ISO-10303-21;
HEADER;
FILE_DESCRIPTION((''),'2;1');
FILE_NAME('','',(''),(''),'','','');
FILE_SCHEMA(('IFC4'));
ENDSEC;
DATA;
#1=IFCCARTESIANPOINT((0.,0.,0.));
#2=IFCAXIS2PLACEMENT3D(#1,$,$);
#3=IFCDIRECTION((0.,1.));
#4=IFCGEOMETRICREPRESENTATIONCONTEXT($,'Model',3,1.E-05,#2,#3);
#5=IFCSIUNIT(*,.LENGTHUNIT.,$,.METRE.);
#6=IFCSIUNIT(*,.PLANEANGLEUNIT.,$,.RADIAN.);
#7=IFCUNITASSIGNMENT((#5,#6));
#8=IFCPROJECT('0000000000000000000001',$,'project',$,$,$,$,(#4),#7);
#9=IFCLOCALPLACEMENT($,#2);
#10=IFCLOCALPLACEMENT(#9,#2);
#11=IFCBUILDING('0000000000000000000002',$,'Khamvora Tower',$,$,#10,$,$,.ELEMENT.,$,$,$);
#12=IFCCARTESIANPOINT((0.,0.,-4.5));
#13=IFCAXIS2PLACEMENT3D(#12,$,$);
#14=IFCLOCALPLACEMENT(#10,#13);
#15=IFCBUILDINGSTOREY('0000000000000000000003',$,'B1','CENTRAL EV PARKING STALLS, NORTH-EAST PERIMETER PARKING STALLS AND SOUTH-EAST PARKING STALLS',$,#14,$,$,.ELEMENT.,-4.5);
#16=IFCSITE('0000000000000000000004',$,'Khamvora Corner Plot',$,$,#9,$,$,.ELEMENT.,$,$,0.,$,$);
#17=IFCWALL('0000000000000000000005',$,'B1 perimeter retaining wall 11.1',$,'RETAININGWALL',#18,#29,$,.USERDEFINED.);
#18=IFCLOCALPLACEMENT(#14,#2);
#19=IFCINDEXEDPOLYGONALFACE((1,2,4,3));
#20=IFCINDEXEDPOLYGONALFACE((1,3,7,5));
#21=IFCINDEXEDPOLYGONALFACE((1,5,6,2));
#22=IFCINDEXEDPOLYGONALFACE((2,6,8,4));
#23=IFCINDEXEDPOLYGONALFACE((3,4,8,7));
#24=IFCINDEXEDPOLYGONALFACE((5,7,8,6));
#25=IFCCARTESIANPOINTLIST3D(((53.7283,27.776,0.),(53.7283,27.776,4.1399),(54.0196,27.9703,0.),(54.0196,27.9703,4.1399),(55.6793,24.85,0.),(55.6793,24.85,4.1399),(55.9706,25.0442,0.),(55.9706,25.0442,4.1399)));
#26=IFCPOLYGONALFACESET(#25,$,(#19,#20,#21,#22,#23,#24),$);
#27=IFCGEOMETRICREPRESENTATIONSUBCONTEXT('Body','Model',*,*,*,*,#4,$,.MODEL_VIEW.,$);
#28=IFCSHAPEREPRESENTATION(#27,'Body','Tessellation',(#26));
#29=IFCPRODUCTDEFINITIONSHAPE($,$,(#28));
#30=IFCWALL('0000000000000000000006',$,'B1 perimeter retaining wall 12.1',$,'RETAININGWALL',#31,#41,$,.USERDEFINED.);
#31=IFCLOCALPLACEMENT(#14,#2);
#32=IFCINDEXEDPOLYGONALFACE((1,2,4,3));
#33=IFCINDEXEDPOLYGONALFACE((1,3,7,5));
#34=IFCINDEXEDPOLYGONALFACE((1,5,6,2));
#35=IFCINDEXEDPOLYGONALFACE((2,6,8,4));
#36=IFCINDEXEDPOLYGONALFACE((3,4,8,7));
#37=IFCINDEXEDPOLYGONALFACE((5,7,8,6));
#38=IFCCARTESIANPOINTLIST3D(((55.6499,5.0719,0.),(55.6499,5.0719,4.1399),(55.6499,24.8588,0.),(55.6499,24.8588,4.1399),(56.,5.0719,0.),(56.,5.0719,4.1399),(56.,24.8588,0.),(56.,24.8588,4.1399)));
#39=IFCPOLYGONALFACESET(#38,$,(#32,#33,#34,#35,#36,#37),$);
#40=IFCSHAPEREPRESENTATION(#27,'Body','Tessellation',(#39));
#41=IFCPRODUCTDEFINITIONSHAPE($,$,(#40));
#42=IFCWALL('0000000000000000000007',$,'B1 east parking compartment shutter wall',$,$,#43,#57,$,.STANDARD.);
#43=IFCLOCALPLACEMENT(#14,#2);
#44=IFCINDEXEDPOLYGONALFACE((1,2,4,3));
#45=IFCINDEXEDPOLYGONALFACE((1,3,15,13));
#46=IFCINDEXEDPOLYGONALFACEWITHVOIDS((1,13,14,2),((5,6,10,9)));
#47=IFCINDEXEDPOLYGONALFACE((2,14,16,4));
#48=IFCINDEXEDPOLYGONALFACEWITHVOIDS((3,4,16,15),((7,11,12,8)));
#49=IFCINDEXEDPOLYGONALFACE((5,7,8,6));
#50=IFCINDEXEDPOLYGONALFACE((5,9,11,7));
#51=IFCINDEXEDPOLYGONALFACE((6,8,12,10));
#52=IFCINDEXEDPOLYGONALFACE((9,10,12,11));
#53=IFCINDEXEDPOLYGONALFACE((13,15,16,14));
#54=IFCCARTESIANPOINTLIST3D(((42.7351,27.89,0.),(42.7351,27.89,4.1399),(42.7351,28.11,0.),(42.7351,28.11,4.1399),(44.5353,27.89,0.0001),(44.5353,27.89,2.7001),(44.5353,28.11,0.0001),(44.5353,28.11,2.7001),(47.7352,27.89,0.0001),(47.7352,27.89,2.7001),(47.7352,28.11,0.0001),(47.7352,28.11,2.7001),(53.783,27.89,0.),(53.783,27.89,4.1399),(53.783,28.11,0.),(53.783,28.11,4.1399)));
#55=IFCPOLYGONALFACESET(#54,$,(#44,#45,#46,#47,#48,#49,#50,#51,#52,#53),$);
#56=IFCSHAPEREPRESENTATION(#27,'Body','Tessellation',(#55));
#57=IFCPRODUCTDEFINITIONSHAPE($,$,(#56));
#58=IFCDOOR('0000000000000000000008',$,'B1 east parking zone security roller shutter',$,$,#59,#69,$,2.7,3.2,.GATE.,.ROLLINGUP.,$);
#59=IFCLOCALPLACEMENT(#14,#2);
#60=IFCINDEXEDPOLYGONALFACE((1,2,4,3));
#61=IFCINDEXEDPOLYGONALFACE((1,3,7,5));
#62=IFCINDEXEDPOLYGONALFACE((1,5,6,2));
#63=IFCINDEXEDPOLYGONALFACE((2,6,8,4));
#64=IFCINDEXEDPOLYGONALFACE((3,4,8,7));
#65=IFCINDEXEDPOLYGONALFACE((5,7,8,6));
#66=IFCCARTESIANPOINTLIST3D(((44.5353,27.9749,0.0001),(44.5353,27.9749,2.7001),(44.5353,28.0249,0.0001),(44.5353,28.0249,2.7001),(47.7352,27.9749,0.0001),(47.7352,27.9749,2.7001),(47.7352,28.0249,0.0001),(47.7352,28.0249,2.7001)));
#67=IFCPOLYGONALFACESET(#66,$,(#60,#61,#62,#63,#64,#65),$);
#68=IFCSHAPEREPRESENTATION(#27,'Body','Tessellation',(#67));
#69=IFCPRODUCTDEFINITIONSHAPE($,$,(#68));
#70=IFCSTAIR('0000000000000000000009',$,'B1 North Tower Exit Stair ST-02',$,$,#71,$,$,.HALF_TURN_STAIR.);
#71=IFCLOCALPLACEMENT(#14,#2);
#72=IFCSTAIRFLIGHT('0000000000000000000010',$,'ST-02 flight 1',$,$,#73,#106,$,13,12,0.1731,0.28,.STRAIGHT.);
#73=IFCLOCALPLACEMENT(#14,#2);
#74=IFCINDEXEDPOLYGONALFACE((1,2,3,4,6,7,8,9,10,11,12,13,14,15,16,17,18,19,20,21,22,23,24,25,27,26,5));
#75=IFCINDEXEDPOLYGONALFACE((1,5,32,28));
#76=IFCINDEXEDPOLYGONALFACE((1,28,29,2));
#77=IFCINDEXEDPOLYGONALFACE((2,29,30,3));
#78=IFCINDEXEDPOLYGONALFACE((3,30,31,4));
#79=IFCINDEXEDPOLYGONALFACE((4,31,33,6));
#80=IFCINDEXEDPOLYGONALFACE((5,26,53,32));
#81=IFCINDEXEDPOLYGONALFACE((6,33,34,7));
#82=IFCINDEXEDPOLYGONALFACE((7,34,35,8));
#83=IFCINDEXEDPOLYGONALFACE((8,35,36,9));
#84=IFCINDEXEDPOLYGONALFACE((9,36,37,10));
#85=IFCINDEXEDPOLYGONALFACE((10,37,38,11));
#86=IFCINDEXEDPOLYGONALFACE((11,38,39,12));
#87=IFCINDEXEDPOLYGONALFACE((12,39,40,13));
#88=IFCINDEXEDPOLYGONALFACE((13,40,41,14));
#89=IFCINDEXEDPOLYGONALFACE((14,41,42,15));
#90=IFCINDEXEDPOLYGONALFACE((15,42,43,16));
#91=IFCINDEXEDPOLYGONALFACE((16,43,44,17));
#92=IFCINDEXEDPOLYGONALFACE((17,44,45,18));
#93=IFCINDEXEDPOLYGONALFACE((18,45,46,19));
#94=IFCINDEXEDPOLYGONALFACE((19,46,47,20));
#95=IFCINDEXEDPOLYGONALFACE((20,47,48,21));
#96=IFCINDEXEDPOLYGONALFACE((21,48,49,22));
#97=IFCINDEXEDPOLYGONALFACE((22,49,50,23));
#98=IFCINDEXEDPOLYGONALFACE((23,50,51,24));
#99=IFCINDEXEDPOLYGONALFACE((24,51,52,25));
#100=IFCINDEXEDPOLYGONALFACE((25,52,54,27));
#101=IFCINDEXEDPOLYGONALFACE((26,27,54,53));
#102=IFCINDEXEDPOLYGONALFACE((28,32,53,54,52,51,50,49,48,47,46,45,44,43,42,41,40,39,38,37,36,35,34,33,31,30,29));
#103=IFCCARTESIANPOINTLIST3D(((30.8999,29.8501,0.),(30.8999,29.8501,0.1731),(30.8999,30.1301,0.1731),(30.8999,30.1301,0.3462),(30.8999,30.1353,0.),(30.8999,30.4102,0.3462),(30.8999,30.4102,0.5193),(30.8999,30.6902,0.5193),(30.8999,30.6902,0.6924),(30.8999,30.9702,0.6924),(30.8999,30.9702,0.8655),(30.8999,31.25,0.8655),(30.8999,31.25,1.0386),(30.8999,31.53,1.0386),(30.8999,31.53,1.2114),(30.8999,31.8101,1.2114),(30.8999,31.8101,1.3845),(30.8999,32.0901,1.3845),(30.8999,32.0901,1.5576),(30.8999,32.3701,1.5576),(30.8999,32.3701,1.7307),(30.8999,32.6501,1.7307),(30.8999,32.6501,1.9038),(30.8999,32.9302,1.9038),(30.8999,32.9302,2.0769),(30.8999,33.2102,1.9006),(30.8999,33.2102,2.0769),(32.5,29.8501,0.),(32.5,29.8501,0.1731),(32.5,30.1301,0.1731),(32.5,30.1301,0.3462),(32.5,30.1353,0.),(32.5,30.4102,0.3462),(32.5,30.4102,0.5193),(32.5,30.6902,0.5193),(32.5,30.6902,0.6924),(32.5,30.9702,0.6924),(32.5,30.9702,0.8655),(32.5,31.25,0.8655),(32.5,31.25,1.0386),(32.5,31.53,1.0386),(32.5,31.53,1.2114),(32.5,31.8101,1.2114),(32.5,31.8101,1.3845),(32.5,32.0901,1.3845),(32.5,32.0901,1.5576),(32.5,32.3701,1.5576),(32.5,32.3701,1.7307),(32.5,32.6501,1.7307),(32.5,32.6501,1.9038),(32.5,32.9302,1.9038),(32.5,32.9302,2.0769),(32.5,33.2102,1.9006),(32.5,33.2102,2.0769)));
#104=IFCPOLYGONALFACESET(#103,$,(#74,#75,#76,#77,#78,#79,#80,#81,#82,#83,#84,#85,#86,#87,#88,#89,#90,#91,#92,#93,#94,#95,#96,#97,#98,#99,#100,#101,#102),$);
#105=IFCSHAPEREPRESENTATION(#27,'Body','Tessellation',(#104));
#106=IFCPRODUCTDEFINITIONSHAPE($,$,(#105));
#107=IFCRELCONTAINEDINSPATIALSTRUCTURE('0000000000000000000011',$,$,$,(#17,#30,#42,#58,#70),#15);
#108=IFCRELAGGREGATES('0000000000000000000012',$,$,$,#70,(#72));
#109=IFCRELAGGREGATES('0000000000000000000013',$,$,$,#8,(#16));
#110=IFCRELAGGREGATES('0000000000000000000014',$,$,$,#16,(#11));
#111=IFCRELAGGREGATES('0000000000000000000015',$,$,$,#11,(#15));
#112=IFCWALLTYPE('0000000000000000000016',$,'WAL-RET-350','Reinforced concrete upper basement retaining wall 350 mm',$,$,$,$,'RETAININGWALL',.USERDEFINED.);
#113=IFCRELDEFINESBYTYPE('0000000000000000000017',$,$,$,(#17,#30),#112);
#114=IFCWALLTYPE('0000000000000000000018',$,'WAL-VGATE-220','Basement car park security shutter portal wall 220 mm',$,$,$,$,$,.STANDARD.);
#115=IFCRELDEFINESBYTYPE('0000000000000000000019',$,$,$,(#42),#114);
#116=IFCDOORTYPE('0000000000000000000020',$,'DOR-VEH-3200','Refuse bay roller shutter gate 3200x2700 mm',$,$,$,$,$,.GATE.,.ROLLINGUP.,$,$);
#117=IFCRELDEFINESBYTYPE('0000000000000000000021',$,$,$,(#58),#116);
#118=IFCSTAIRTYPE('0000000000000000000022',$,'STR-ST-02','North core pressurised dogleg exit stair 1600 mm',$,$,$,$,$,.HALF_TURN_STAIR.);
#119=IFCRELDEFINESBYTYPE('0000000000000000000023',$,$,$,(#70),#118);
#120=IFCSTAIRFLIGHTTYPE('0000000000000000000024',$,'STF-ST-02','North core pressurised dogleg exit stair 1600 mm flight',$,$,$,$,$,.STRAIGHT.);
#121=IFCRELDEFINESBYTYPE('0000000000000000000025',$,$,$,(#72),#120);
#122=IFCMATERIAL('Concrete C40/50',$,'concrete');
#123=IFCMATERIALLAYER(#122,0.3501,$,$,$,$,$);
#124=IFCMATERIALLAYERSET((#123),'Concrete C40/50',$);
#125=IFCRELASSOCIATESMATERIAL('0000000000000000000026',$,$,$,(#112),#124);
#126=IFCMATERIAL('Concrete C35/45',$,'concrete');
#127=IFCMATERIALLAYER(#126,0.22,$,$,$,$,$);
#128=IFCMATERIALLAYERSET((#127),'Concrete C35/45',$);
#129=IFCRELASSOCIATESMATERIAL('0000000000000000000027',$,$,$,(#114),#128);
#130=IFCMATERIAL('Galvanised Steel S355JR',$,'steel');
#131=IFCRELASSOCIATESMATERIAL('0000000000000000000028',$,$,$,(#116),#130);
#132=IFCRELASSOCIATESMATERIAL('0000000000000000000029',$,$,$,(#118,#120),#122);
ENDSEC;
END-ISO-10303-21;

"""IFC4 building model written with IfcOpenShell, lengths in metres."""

from ifc_helpers import new_model, si_unit, direction, frame, frame_2d, origin, place, context, subcontext, project, spatial, polyline, rectangle, outline, extrude, material, layer, layer_set, type_object, element, fill, aggregate, save


model = new_model("IFC4")

# Units and contexts
model_context = context("Model", 3, precision=1e-05, world=origin(), true_north=direction((0.0, 1.0)))
body_context = subcontext(model_context, "Body", "Model", "MODEL_VIEW")
ifc_project = project(units=[si_unit("LENGTHUNIT", "METRE"), si_unit("PLANEANGLEUNIT", "RADIAN")], contexts=[model_context])

# Site, building, storey
site_placement = place(None, origin())
site = spatial("IfcSite", under=ifc_project, at=site_placement, Name="Khamvora Corner Plot", CompositionType="ELEMENT", RefElevation=0.0)
building_placement = place(site_placement, origin())
building = spatial("IfcBuilding", under=site, at=building_placement, Name="Khamvora Tower", CompositionType="ELEMENT")
storey_placement = place(building_placement, frame((0.0, 0.0, -4.5)))
storey = spatial("IfcBuildingStorey", under=building, at=storey_placement, Name="B1", Description="CENTRAL EV PARKING STALLS, NORTH-EAST PERIMETER PARKING STALLS AND SOUTH-EAST PARKING STALLS", CompositionType="ELEMENT", Elevation=-4.5)

# Walls
ifc_material_1 = material(Name="Concrete C40/50", Category="concrete")
ifc_layer_1 = layer(ifc_material_1, 0.3501)
ifc_layer_set_1 = layer_set([ifc_layer_1], Name="Concrete C40/50")
wall_type_1 = type_object("IfcWallType", Name="WAL-RET-350", Description="Reinforced concrete upper basement retaining wall 350 mm", ElementType="RETAININGWALL", PredefinedType="USERDEFINED", material=ifc_layer_set_1)
wall_1_placement = place(storey_placement, frame((53.874, 27.873, 0.0), z_axis=(0.0, 0.0, 1.0), x_axis=(0.554748, -0.832018, 0.0)))
element("IfcWall", 1, at=wall_1_placement, inside=storey, type_object=wall_type_1, Name="B1 perimeter retaining wall 11.1", ObjectType="RETAININGWALL", PredefinedType="USERDEFINED", context=body_context, shape_type="SweptSolid", body=[
    extrude(rectangle(XDim=3.5168, YDim=0.3501, at=frame_2d((1.7583, 0.0))), origin(), (0.0, 0.0, 1.0), 4.1399),
])
wall_2_placement = place(storey_placement, frame((55.825, 24.8589, 0.0), z_axis=(0.0, 0.0, 1.0), x_axis=(0.0, -1.0, 0.0)))
element("IfcWall", 2, at=wall_2_placement, inside=storey, type_object=wall_type_1, Name="B1 perimeter retaining wall 12.1", ObjectType="RETAININGWALL", PredefinedType="USERDEFINED", context=body_context, shape_type="SweptSolid", body=[
    extrude(rectangle(XDim=19.7869, YDim=0.3501, at=frame_2d((9.8936, 0.0))), origin(), (0.0, 0.0, 1.0), 4.1399),
])

# Wall, opening, door
ifc_material_2 = material(Name="Concrete C35/45", Category="concrete")
ifc_layer_2 = layer(ifc_material_2, 0.22)
ifc_layer_set_2 = layer_set([ifc_layer_2], Name="Concrete C35/45")
wall_type_2 = type_object("IfcWallType", Name="WAL-VGATE-220", Description="Basement car park security shutter portal wall 220 mm", PredefinedType="STANDARD", material=ifc_layer_set_2)
wall_3_placement = place(storey_placement, frame((42.7351, 28.0, 0.0), z_axis=(0.0, 0.0, 1.0), x_axis=(1.0, 0.0, 0.0)))
wall_3 = element("IfcWall", 3, at=wall_3_placement, inside=storey, type_object=wall_type_2, Name="B1 east parking compartment shutter wall", PredefinedType="STANDARD", context=body_context, shape_type="SweptSolid", body=[
    extrude(rectangle(XDim=11.0479, YDim=0.22, at=frame_2d((5.5239, 0.0))), origin(), (0.0, 0.0, 1.0), 4.1399),
])
opening_1_placement = place(wall_3_placement, frame((1.8, 0.0, 0.0)))
opening_1 = element("IfcOpeningElement", 4, at=opening_1_placement, cuts=wall_3, PredefinedType="OPENING", context=body_context, shape_type="SweptSolid", body=[
    extrude(rectangle(XDim=3.2, YDim=2.7, at=frame_2d((1.6001, 1.3501))), frame((0.0, 0.1199, 0.0), z_axis=(0.0, -1.0, 0.0), x_axis=(1.0, 0.0, 0.0)), (0.0, 0.0, 1.0), 0.24),
])
ifc_material_3 = material(Name="Galvanised Steel S355JR", Category="steel")
door_type_1 = type_object("IfcDoorType", Name="DOR-VEH-3200", Description="Refuse bay roller shutter gate 3200x2700 mm", OperationType="ROLLINGUP", PredefinedType="GATE", material=ifc_material_3)
door_1_placement = place(opening_1_placement, origin())
door_1 = element("IfcDoor", 5, at=door_1_placement, inside=storey, type_object=door_type_1, Name="B1 east parking zone security roller shutter", OperationType="ROLLINGUP", OverallHeight=2.7, OverallWidth=3.2, PredefinedType="GATE", context=body_context, shape_type="SweptSolid", body=[
    extrude(rectangle(XDim=3.2, YDim=2.7, at=frame_2d((1.6001, 1.3501))), frame((0.0, 0.0249, 0.0), z_axis=(0.0, -1.0, 0.0), x_axis=(1.0, 0.0, 0.0)), (0.0, 0.0, 1.0), 0.05),
])
fill(opening_1, door_1)

# Stair, stair flight
stair_type = type_object("IfcStairType", Name="STR-ST-02", Description="North core pressurised dogleg exit stair 1600 mm", PredefinedType="HALF_TURN_STAIR", material=ifc_material_1)
stair_placement = place(storey_placement, origin())
stair = element("IfcStair", 6, at=stair_placement, inside=storey, type_object=stair_type, Name="B1 North Tower Exit Stair ST-02", PredefinedType="HALF_TURN_STAIR")
stair_flight_type = type_object("IfcStairFlightType", Name="STF-ST-02", Description="North core pressurised dogleg exit stair 1600 mm flight", PredefinedType="STRAIGHT", material=ifc_material_1)
stair_flight_placement = place(storey_placement, frame((31.7, 29.8501, 0.0), z_axis=(0.0, 0.0, 1.0), x_axis=(0.0, 1.0, 0.0)))
stair_flight = element("IfcStairFlight", 7, at=stair_flight_placement, type_object=stair_flight_type, Name="ST-02 flight 1", NumberOfRisers=13, NumberOfTreads=12, PredefinedType="STRAIGHT", RiserHeight=0.1731, TreadLength=0.28, context=body_context, shape_type="SweptSolid", body=[
    extrude(outline(polyline([(0.0, 0.0), (0.0, 0.1731), (0.28, 0.1731), (0.28, 0.3462), (0.5601, 0.3462), (0.5601, 0.5193), (0.8401, 0.5193), (0.8401, 0.6924), (1.1201, 0.6924), (1.1201, 0.8655), (1.3999, 0.8655), (1.3999, 1.0386), (1.6799, 1.0386), (1.6799, 1.2114), (1.96, 1.2114), (1.96, 1.3845), (2.24, 1.3845), (2.24, 1.5576), (2.52, 1.5576), (2.52, 1.7307), (2.8, 1.7307), (2.8, 1.9038), (3.0801, 1.9038), (3.0801, 2.0769), (3.3601, 2.0769), (3.3601, 2.25), (3.3601, 1.9006), (0.2852, 0.0), (0.0, 0.0)])), frame((0.0, 0.8, 0.0), z_axis=(0.0, -1.0, 0.0), x_axis=(1.0, 0.0, 0.0)), (0.0, 0.0, 1.0), 1.6001),
])
aggregate(stair, [stair_flight])

save(model, "model.ifc")
